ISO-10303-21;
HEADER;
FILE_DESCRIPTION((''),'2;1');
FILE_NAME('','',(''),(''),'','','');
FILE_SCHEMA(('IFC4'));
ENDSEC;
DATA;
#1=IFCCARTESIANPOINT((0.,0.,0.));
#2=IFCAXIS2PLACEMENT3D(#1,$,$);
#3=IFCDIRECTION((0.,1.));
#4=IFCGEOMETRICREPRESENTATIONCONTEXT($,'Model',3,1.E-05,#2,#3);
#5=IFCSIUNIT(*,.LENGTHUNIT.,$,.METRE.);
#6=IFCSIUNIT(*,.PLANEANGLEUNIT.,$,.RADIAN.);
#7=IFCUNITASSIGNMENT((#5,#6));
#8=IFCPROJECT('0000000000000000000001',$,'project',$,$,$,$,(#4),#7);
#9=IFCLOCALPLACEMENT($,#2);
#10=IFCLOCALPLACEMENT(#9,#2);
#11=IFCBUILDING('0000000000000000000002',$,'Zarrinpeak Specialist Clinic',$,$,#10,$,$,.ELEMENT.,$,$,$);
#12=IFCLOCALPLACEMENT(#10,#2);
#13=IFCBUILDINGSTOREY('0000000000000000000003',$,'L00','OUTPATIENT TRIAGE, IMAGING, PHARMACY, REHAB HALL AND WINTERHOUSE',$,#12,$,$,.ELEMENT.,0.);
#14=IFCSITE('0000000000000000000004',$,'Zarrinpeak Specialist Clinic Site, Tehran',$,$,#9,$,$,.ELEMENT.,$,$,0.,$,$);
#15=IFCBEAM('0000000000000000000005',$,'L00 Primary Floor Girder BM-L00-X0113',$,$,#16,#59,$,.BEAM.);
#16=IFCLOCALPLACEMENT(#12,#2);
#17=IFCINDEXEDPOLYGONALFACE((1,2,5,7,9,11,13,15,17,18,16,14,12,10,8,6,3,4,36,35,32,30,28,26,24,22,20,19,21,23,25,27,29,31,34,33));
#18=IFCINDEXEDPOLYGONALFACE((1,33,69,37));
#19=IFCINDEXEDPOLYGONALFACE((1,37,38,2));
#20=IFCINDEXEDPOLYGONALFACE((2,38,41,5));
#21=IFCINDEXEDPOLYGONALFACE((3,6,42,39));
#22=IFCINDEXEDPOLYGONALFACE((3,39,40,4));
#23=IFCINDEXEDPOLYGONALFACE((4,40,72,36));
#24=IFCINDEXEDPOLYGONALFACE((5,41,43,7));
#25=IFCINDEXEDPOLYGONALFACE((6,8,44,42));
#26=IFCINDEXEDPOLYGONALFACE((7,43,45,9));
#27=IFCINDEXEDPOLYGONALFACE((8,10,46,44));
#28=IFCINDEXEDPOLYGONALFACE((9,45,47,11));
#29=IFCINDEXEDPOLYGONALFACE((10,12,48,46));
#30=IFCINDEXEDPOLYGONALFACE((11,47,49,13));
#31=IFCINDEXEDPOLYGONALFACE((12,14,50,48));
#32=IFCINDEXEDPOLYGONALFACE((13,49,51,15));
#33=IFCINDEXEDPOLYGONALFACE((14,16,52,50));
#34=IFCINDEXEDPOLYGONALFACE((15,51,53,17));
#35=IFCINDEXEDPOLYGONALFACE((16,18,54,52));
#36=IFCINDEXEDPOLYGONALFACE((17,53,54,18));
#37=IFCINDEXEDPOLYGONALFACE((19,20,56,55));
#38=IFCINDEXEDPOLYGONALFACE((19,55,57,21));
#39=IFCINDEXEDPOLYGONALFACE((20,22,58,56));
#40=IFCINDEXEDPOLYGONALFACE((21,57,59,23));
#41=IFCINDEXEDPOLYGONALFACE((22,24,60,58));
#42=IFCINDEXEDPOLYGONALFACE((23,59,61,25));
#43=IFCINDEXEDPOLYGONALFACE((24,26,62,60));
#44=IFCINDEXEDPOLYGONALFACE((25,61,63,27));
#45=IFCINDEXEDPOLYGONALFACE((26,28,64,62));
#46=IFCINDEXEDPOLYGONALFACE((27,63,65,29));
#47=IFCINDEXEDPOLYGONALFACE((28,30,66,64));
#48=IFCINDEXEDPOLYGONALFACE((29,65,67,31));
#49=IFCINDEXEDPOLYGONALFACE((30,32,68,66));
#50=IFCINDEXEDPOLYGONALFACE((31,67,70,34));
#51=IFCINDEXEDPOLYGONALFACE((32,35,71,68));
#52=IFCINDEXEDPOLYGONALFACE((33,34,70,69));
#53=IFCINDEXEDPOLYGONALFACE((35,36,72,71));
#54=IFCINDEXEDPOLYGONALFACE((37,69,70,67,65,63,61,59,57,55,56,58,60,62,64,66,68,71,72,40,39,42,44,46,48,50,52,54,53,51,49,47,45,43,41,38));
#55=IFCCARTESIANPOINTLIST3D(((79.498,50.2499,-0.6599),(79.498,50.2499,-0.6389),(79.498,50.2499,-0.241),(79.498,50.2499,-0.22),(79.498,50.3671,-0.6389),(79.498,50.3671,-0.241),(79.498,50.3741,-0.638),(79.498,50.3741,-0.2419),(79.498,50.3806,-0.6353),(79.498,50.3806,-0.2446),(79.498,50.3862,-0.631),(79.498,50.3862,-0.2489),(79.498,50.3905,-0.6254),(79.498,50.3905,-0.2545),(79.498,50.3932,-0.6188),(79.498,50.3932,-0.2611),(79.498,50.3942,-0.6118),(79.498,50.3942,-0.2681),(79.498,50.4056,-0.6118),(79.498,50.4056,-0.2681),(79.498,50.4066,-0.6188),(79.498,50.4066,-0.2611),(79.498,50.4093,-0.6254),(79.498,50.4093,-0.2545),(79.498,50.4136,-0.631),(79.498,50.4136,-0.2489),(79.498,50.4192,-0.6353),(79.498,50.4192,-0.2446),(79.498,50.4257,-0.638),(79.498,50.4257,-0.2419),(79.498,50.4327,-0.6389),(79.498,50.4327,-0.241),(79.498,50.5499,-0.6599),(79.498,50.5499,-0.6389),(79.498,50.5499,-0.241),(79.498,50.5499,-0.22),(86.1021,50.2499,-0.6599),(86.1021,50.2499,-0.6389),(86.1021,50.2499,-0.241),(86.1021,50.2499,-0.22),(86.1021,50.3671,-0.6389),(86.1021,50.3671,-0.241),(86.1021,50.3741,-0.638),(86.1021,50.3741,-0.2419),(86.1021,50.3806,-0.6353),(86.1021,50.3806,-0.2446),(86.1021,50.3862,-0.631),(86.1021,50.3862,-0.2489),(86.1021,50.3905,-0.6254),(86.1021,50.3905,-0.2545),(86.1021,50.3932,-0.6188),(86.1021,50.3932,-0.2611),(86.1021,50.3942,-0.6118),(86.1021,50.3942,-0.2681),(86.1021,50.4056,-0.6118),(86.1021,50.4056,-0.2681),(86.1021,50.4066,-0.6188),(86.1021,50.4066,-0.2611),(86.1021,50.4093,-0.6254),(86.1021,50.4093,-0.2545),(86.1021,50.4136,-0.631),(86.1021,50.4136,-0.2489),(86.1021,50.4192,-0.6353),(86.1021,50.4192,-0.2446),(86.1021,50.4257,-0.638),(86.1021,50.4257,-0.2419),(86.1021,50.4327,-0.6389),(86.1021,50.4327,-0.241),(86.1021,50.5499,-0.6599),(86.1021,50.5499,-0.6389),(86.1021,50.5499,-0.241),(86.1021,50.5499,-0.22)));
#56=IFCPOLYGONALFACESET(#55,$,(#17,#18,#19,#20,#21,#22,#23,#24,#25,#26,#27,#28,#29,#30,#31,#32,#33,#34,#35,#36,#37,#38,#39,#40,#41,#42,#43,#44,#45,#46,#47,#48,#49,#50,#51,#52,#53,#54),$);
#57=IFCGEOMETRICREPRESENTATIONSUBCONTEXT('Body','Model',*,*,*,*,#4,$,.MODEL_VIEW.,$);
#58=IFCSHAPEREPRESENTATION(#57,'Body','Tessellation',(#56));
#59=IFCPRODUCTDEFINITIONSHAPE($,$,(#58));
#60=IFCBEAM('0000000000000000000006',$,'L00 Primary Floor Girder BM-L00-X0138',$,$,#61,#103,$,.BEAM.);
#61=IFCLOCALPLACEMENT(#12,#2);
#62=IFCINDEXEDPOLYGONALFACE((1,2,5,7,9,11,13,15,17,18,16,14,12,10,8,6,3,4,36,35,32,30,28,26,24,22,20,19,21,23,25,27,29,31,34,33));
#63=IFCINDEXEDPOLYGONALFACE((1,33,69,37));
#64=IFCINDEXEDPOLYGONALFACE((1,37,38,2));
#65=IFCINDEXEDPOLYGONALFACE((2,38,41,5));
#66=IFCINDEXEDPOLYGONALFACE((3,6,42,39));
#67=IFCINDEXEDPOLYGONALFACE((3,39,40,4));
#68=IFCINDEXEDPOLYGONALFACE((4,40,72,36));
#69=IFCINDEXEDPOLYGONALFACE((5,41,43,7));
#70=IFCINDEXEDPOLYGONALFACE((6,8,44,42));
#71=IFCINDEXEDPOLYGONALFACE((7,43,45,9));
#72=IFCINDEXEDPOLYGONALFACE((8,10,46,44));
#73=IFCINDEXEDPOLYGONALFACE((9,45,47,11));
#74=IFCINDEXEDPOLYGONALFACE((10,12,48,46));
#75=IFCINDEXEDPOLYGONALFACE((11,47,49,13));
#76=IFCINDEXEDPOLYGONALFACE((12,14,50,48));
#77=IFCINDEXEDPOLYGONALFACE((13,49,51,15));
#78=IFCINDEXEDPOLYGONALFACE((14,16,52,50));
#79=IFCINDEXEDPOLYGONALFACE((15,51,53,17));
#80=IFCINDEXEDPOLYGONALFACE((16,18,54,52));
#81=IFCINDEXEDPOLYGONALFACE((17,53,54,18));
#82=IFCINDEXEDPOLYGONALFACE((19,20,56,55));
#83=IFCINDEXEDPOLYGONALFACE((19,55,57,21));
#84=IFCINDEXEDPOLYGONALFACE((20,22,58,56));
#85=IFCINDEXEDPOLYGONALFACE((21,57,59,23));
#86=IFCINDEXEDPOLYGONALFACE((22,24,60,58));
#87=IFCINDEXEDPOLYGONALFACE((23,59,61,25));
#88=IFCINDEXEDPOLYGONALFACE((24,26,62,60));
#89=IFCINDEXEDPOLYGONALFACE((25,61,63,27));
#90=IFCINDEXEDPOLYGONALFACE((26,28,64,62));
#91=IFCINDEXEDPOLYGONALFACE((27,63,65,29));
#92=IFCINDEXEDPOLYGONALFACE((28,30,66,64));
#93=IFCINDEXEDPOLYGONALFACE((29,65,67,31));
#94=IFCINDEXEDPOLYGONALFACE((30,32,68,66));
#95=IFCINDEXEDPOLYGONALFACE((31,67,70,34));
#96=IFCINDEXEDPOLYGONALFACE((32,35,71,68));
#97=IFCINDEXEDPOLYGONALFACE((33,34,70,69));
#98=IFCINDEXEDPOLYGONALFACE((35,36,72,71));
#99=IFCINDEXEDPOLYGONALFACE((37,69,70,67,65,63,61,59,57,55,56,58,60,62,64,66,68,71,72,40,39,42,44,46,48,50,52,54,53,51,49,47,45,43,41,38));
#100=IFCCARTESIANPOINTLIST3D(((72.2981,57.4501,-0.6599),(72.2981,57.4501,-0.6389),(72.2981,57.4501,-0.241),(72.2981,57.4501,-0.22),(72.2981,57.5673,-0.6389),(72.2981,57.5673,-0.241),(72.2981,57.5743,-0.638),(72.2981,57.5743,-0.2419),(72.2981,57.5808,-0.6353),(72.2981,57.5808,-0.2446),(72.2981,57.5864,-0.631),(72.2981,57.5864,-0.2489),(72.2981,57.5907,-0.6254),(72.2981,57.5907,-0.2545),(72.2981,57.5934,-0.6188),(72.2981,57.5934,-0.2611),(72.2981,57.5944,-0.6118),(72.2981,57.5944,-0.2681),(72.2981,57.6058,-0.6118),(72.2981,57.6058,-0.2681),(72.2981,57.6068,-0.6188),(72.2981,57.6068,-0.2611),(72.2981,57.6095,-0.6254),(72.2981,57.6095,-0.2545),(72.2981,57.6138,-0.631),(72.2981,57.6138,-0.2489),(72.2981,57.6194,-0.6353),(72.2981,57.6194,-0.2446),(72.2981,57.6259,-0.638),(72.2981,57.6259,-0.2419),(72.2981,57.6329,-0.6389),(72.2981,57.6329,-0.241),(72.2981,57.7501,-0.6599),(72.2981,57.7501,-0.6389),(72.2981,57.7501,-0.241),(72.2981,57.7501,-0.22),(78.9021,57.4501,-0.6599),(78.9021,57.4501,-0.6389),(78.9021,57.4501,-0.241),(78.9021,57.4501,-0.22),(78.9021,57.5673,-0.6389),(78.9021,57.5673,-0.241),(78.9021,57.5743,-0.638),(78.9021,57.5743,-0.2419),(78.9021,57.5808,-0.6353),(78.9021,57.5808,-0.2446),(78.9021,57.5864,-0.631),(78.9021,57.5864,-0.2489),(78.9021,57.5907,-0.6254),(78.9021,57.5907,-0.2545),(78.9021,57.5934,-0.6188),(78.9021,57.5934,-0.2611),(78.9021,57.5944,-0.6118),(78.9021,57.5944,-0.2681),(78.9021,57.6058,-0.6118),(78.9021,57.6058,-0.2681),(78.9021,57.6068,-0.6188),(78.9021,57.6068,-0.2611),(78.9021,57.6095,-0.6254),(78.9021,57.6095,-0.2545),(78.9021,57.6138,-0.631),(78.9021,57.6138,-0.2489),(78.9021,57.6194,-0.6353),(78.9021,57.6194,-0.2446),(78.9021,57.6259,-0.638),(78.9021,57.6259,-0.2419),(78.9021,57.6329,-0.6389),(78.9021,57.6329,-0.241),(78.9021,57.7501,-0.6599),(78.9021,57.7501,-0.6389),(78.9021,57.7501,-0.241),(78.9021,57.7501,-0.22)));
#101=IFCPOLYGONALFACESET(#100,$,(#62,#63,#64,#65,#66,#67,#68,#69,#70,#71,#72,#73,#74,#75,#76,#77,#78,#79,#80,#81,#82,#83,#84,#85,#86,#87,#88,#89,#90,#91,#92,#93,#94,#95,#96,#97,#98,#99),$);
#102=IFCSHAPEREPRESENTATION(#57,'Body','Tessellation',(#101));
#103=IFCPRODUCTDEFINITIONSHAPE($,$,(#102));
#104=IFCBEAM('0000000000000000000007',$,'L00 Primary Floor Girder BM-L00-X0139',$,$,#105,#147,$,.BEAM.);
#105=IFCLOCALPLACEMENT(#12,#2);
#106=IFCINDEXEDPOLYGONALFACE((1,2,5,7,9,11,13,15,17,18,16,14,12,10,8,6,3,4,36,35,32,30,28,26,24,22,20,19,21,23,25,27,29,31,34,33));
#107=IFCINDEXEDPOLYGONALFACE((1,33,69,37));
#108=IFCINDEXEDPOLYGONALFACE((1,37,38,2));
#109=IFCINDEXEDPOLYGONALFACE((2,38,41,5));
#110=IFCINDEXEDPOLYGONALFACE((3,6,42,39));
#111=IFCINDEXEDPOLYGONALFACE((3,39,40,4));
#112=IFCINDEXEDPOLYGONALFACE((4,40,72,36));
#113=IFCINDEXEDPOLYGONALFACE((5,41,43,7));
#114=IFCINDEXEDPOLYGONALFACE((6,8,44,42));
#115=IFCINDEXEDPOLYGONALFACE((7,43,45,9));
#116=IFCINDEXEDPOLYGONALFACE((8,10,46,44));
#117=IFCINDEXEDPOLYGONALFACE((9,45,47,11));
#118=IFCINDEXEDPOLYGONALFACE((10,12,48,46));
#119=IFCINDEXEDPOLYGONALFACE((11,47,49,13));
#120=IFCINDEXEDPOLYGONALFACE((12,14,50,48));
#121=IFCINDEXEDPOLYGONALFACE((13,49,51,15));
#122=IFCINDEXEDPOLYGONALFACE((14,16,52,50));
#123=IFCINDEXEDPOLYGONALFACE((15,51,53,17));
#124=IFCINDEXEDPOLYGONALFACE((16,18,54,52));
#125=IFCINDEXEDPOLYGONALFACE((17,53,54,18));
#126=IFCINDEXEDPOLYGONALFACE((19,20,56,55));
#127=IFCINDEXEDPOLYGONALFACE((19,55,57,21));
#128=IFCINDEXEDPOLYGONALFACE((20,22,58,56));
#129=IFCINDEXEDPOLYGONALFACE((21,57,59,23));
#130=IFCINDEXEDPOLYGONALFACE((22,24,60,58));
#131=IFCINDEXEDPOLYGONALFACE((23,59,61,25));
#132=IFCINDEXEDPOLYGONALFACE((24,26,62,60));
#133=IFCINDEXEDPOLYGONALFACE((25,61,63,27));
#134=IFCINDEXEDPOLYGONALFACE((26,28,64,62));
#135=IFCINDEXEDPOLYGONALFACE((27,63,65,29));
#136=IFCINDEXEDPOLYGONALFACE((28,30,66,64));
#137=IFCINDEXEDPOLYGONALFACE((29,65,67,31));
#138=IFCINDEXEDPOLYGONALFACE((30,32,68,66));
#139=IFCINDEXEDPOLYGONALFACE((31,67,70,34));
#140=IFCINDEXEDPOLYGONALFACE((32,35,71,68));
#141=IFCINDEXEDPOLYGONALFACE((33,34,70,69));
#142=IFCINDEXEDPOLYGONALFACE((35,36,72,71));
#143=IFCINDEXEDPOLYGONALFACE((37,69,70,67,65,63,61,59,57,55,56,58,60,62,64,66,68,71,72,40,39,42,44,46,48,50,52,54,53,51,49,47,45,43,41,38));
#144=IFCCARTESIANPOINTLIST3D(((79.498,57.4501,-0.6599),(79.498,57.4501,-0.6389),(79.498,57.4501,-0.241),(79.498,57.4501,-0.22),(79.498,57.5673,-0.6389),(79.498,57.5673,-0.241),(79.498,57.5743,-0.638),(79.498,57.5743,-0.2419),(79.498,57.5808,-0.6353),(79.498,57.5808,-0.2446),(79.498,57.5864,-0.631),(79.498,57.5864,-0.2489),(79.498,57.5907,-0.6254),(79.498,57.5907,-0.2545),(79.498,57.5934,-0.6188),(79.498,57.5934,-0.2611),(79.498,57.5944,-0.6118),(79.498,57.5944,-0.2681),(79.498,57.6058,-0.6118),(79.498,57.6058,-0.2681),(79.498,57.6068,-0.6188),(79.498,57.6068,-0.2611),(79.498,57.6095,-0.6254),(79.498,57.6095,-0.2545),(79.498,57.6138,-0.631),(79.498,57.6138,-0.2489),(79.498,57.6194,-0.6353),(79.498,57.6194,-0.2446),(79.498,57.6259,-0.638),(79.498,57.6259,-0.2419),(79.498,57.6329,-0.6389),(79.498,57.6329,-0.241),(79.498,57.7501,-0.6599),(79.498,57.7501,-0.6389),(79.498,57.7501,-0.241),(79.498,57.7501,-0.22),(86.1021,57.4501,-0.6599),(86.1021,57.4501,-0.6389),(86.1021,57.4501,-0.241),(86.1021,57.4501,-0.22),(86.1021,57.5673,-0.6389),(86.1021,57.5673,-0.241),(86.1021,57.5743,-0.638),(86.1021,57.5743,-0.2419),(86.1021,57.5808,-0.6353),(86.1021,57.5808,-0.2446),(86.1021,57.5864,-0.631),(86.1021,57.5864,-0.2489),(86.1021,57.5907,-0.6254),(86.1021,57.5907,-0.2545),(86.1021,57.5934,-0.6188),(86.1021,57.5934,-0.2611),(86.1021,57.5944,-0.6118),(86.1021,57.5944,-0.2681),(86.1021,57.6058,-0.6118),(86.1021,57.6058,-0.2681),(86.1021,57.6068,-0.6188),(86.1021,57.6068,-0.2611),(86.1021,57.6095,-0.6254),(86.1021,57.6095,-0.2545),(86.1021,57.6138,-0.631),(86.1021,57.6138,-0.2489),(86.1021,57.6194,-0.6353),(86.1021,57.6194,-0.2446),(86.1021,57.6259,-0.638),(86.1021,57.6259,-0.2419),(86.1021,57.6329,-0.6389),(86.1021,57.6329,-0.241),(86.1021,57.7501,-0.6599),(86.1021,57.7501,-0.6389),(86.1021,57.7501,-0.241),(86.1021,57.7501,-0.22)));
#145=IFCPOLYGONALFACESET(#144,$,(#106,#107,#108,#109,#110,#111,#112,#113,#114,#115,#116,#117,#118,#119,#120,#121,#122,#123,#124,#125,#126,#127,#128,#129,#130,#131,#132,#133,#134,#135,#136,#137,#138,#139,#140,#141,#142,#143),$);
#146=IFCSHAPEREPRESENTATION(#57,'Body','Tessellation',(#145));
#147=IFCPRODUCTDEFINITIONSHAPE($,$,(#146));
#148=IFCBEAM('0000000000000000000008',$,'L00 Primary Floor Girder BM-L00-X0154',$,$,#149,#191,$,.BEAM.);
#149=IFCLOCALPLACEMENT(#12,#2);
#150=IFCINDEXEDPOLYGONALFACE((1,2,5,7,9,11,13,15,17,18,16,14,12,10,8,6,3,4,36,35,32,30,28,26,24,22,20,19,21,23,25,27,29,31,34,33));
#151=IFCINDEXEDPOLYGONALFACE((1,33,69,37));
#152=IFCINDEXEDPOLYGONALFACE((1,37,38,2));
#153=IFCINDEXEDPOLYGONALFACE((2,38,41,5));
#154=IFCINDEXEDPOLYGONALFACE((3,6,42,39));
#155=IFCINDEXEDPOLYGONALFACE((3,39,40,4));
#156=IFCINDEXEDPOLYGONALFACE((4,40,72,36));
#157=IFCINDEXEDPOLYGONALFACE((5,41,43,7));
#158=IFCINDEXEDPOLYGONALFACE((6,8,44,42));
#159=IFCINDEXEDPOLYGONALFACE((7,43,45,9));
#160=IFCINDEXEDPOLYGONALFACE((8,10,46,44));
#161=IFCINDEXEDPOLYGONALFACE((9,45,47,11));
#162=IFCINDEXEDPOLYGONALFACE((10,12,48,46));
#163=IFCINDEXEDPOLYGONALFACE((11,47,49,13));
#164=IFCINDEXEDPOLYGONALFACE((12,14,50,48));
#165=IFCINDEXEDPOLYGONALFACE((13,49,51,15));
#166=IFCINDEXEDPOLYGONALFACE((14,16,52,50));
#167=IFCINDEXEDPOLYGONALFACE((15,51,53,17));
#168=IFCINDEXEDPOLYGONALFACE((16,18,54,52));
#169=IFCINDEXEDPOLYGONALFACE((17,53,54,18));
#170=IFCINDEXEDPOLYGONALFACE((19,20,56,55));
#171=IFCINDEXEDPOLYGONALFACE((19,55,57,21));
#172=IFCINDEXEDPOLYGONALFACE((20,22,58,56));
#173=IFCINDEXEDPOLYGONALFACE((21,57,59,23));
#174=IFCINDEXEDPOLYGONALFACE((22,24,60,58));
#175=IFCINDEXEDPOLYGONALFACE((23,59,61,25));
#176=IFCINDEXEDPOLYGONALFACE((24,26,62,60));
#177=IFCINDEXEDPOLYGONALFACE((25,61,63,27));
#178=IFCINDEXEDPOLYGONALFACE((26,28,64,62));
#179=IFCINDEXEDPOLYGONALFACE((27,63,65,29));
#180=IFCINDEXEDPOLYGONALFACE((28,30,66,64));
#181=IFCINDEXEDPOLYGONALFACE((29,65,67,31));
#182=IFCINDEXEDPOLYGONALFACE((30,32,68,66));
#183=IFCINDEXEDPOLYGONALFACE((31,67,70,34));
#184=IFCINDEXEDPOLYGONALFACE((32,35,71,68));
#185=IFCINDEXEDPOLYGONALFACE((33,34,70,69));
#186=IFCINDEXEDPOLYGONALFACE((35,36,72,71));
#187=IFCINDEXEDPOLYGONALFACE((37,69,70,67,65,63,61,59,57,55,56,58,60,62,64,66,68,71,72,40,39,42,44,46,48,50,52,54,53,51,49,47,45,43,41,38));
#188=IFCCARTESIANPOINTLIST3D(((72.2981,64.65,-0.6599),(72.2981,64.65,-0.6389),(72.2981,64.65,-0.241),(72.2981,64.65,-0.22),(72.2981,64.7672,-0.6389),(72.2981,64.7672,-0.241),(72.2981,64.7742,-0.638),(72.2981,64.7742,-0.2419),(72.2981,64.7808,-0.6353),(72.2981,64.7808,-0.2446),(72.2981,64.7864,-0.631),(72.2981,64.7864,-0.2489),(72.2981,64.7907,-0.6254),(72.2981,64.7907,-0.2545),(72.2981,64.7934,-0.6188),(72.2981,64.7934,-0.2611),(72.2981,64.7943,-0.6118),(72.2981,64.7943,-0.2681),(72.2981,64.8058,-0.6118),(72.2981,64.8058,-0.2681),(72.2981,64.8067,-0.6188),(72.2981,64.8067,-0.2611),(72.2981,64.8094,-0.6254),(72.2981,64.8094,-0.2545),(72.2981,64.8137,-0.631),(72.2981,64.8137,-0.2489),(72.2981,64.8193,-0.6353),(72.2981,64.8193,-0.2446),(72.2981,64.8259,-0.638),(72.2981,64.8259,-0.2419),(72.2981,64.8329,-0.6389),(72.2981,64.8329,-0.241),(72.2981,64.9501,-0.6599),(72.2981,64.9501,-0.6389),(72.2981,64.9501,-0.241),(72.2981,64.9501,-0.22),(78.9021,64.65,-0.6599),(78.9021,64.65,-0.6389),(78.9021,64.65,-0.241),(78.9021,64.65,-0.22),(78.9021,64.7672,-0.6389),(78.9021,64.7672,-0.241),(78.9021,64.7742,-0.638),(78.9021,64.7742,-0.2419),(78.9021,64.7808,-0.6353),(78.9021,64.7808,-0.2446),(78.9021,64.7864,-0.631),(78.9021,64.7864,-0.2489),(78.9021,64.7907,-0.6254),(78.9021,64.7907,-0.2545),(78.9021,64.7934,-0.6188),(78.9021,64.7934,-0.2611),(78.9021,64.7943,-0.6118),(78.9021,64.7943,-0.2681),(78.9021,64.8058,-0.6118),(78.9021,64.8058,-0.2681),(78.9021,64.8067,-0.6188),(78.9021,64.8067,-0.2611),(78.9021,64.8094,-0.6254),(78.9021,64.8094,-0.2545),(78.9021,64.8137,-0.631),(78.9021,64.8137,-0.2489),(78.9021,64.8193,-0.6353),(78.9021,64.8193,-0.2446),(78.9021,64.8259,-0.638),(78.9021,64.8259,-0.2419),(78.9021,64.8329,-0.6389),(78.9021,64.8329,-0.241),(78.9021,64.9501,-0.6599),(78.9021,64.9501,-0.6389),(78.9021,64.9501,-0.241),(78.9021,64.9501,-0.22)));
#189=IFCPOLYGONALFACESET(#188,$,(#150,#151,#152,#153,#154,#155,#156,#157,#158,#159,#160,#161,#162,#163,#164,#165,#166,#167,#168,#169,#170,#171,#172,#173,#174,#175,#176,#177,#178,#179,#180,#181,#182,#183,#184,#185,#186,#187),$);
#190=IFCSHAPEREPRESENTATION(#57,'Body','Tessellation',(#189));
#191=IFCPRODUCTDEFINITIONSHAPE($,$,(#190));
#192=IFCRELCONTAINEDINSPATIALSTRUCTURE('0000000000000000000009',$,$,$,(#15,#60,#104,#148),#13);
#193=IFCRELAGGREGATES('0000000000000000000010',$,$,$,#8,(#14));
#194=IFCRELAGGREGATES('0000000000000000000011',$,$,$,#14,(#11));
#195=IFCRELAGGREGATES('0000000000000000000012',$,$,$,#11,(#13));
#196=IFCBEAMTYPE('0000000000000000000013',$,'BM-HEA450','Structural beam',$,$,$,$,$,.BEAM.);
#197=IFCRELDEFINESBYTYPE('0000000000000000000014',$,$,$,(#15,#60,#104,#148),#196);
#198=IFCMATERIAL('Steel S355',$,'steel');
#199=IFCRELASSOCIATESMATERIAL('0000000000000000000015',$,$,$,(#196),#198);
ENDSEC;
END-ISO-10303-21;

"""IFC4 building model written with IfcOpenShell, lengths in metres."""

from ifc_helpers import new_model, si_unit, direction, frame, origin, origin_2d, place, context, subcontext, project, spatial, i_section, extrude, material, material_profile, profile_set, type_object, element, save


model = new_model("IFC4")

# Units and contexts
model_context = context("Model", 3, precision=1e-05, world=origin(), true_north=direction((0.0, 1.0)))
body_context = subcontext(model_context, "Body", "Model", "MODEL_VIEW")
ifc_project = project(units=[si_unit("LENGTHUNIT", "METRE"), si_unit("PLANEANGLEUNIT", "RADIAN")], contexts=[model_context])

# Site, building, storey
site_placement = place(None, origin())
site = spatial("IfcSite", under=ifc_project, at=site_placement, Name="Zarrinpeak Specialist Clinic Site, Tehran", CompositionType="ELEMENT", RefElevation=0.0)
building_placement = place(site_placement, origin())
building = spatial("IfcBuilding", under=site, at=building_placement, Name="Zarrinpeak Specialist Clinic", CompositionType="ELEMENT")
storey_placement = place(building_placement, origin())
storey = spatial("IfcBuildingStorey", under=building, at=storey_placement, Name="L00", Description="OUTPATIENT TRIAGE, IMAGING, PHARMACY, REHAB HALL AND WINTERHOUSE", CompositionType="ELEMENT", Elevation=0.0)

# Beams
ifc_material_1 = material(Name="Steel S355", Category="steel")
ifc_material_profile_1 = material_profile(ifc_material_1, i_section(OverallWidth=0.3, OverallDepth=0.4399, WebThickness=0.0115, FlangeThickness=0.021, FilletRadius=0.0271, at=origin_2d()), Name="HEA 450")
ifc_profile_set_1 = profile_set([ifc_material_profile_1], Name="Steel S355")
beam_type_1 = type_object("IfcBeamType", Name="BM-HEA450", Description="Structural beam", PredefinedType="BEAM", material=ifc_profile_set_1)
for number, where, z_axis, x_axis, name in (
    (1, (79.498, 50.3999, -0.4399), (1.0, 0.0, 0.0), (0.0, 1.0, 0.0), "L00 Primary Floor Girder BM-L00-X0113"),
    (2, (72.2981, 57.6001, -0.4399), (1.0, 0.0, 0.0), (0.0, 1.0, 0.0), "L00 Primary Floor Girder BM-L00-X0138"),
    (3, (79.498, 57.6001, -0.4399), (1.0, 0.0, 0.0), (0.0, 1.0, 0.0), "L00 Primary Floor Girder BM-L00-X0139"),
    (4, (72.2981, 64.8, -0.4399), (1.0, 0.0, 0.0), (0.0, 1.0, 0.0), "L00 Primary Floor Girder BM-L00-X0154"),
):
    element("IfcBeam", number, at=place(storey_placement, frame(where, z_axis=z_axis, x_axis=x_axis)), inside=storey, type_object=beam_type_1, Name=name, PredefinedType="BEAM", context=body_context, shape_type="SweptSolid", body=[
        extrude(i_section(OverallWidth=0.3, OverallDepth=0.4399, WebThickness=0.0115, FlangeThickness=0.021, FilletRadius=0.0271, at=origin_2d()), origin(), (0.0, 0.0, 1.0), 6.604),
    ])

save(model, "model.ifc")
